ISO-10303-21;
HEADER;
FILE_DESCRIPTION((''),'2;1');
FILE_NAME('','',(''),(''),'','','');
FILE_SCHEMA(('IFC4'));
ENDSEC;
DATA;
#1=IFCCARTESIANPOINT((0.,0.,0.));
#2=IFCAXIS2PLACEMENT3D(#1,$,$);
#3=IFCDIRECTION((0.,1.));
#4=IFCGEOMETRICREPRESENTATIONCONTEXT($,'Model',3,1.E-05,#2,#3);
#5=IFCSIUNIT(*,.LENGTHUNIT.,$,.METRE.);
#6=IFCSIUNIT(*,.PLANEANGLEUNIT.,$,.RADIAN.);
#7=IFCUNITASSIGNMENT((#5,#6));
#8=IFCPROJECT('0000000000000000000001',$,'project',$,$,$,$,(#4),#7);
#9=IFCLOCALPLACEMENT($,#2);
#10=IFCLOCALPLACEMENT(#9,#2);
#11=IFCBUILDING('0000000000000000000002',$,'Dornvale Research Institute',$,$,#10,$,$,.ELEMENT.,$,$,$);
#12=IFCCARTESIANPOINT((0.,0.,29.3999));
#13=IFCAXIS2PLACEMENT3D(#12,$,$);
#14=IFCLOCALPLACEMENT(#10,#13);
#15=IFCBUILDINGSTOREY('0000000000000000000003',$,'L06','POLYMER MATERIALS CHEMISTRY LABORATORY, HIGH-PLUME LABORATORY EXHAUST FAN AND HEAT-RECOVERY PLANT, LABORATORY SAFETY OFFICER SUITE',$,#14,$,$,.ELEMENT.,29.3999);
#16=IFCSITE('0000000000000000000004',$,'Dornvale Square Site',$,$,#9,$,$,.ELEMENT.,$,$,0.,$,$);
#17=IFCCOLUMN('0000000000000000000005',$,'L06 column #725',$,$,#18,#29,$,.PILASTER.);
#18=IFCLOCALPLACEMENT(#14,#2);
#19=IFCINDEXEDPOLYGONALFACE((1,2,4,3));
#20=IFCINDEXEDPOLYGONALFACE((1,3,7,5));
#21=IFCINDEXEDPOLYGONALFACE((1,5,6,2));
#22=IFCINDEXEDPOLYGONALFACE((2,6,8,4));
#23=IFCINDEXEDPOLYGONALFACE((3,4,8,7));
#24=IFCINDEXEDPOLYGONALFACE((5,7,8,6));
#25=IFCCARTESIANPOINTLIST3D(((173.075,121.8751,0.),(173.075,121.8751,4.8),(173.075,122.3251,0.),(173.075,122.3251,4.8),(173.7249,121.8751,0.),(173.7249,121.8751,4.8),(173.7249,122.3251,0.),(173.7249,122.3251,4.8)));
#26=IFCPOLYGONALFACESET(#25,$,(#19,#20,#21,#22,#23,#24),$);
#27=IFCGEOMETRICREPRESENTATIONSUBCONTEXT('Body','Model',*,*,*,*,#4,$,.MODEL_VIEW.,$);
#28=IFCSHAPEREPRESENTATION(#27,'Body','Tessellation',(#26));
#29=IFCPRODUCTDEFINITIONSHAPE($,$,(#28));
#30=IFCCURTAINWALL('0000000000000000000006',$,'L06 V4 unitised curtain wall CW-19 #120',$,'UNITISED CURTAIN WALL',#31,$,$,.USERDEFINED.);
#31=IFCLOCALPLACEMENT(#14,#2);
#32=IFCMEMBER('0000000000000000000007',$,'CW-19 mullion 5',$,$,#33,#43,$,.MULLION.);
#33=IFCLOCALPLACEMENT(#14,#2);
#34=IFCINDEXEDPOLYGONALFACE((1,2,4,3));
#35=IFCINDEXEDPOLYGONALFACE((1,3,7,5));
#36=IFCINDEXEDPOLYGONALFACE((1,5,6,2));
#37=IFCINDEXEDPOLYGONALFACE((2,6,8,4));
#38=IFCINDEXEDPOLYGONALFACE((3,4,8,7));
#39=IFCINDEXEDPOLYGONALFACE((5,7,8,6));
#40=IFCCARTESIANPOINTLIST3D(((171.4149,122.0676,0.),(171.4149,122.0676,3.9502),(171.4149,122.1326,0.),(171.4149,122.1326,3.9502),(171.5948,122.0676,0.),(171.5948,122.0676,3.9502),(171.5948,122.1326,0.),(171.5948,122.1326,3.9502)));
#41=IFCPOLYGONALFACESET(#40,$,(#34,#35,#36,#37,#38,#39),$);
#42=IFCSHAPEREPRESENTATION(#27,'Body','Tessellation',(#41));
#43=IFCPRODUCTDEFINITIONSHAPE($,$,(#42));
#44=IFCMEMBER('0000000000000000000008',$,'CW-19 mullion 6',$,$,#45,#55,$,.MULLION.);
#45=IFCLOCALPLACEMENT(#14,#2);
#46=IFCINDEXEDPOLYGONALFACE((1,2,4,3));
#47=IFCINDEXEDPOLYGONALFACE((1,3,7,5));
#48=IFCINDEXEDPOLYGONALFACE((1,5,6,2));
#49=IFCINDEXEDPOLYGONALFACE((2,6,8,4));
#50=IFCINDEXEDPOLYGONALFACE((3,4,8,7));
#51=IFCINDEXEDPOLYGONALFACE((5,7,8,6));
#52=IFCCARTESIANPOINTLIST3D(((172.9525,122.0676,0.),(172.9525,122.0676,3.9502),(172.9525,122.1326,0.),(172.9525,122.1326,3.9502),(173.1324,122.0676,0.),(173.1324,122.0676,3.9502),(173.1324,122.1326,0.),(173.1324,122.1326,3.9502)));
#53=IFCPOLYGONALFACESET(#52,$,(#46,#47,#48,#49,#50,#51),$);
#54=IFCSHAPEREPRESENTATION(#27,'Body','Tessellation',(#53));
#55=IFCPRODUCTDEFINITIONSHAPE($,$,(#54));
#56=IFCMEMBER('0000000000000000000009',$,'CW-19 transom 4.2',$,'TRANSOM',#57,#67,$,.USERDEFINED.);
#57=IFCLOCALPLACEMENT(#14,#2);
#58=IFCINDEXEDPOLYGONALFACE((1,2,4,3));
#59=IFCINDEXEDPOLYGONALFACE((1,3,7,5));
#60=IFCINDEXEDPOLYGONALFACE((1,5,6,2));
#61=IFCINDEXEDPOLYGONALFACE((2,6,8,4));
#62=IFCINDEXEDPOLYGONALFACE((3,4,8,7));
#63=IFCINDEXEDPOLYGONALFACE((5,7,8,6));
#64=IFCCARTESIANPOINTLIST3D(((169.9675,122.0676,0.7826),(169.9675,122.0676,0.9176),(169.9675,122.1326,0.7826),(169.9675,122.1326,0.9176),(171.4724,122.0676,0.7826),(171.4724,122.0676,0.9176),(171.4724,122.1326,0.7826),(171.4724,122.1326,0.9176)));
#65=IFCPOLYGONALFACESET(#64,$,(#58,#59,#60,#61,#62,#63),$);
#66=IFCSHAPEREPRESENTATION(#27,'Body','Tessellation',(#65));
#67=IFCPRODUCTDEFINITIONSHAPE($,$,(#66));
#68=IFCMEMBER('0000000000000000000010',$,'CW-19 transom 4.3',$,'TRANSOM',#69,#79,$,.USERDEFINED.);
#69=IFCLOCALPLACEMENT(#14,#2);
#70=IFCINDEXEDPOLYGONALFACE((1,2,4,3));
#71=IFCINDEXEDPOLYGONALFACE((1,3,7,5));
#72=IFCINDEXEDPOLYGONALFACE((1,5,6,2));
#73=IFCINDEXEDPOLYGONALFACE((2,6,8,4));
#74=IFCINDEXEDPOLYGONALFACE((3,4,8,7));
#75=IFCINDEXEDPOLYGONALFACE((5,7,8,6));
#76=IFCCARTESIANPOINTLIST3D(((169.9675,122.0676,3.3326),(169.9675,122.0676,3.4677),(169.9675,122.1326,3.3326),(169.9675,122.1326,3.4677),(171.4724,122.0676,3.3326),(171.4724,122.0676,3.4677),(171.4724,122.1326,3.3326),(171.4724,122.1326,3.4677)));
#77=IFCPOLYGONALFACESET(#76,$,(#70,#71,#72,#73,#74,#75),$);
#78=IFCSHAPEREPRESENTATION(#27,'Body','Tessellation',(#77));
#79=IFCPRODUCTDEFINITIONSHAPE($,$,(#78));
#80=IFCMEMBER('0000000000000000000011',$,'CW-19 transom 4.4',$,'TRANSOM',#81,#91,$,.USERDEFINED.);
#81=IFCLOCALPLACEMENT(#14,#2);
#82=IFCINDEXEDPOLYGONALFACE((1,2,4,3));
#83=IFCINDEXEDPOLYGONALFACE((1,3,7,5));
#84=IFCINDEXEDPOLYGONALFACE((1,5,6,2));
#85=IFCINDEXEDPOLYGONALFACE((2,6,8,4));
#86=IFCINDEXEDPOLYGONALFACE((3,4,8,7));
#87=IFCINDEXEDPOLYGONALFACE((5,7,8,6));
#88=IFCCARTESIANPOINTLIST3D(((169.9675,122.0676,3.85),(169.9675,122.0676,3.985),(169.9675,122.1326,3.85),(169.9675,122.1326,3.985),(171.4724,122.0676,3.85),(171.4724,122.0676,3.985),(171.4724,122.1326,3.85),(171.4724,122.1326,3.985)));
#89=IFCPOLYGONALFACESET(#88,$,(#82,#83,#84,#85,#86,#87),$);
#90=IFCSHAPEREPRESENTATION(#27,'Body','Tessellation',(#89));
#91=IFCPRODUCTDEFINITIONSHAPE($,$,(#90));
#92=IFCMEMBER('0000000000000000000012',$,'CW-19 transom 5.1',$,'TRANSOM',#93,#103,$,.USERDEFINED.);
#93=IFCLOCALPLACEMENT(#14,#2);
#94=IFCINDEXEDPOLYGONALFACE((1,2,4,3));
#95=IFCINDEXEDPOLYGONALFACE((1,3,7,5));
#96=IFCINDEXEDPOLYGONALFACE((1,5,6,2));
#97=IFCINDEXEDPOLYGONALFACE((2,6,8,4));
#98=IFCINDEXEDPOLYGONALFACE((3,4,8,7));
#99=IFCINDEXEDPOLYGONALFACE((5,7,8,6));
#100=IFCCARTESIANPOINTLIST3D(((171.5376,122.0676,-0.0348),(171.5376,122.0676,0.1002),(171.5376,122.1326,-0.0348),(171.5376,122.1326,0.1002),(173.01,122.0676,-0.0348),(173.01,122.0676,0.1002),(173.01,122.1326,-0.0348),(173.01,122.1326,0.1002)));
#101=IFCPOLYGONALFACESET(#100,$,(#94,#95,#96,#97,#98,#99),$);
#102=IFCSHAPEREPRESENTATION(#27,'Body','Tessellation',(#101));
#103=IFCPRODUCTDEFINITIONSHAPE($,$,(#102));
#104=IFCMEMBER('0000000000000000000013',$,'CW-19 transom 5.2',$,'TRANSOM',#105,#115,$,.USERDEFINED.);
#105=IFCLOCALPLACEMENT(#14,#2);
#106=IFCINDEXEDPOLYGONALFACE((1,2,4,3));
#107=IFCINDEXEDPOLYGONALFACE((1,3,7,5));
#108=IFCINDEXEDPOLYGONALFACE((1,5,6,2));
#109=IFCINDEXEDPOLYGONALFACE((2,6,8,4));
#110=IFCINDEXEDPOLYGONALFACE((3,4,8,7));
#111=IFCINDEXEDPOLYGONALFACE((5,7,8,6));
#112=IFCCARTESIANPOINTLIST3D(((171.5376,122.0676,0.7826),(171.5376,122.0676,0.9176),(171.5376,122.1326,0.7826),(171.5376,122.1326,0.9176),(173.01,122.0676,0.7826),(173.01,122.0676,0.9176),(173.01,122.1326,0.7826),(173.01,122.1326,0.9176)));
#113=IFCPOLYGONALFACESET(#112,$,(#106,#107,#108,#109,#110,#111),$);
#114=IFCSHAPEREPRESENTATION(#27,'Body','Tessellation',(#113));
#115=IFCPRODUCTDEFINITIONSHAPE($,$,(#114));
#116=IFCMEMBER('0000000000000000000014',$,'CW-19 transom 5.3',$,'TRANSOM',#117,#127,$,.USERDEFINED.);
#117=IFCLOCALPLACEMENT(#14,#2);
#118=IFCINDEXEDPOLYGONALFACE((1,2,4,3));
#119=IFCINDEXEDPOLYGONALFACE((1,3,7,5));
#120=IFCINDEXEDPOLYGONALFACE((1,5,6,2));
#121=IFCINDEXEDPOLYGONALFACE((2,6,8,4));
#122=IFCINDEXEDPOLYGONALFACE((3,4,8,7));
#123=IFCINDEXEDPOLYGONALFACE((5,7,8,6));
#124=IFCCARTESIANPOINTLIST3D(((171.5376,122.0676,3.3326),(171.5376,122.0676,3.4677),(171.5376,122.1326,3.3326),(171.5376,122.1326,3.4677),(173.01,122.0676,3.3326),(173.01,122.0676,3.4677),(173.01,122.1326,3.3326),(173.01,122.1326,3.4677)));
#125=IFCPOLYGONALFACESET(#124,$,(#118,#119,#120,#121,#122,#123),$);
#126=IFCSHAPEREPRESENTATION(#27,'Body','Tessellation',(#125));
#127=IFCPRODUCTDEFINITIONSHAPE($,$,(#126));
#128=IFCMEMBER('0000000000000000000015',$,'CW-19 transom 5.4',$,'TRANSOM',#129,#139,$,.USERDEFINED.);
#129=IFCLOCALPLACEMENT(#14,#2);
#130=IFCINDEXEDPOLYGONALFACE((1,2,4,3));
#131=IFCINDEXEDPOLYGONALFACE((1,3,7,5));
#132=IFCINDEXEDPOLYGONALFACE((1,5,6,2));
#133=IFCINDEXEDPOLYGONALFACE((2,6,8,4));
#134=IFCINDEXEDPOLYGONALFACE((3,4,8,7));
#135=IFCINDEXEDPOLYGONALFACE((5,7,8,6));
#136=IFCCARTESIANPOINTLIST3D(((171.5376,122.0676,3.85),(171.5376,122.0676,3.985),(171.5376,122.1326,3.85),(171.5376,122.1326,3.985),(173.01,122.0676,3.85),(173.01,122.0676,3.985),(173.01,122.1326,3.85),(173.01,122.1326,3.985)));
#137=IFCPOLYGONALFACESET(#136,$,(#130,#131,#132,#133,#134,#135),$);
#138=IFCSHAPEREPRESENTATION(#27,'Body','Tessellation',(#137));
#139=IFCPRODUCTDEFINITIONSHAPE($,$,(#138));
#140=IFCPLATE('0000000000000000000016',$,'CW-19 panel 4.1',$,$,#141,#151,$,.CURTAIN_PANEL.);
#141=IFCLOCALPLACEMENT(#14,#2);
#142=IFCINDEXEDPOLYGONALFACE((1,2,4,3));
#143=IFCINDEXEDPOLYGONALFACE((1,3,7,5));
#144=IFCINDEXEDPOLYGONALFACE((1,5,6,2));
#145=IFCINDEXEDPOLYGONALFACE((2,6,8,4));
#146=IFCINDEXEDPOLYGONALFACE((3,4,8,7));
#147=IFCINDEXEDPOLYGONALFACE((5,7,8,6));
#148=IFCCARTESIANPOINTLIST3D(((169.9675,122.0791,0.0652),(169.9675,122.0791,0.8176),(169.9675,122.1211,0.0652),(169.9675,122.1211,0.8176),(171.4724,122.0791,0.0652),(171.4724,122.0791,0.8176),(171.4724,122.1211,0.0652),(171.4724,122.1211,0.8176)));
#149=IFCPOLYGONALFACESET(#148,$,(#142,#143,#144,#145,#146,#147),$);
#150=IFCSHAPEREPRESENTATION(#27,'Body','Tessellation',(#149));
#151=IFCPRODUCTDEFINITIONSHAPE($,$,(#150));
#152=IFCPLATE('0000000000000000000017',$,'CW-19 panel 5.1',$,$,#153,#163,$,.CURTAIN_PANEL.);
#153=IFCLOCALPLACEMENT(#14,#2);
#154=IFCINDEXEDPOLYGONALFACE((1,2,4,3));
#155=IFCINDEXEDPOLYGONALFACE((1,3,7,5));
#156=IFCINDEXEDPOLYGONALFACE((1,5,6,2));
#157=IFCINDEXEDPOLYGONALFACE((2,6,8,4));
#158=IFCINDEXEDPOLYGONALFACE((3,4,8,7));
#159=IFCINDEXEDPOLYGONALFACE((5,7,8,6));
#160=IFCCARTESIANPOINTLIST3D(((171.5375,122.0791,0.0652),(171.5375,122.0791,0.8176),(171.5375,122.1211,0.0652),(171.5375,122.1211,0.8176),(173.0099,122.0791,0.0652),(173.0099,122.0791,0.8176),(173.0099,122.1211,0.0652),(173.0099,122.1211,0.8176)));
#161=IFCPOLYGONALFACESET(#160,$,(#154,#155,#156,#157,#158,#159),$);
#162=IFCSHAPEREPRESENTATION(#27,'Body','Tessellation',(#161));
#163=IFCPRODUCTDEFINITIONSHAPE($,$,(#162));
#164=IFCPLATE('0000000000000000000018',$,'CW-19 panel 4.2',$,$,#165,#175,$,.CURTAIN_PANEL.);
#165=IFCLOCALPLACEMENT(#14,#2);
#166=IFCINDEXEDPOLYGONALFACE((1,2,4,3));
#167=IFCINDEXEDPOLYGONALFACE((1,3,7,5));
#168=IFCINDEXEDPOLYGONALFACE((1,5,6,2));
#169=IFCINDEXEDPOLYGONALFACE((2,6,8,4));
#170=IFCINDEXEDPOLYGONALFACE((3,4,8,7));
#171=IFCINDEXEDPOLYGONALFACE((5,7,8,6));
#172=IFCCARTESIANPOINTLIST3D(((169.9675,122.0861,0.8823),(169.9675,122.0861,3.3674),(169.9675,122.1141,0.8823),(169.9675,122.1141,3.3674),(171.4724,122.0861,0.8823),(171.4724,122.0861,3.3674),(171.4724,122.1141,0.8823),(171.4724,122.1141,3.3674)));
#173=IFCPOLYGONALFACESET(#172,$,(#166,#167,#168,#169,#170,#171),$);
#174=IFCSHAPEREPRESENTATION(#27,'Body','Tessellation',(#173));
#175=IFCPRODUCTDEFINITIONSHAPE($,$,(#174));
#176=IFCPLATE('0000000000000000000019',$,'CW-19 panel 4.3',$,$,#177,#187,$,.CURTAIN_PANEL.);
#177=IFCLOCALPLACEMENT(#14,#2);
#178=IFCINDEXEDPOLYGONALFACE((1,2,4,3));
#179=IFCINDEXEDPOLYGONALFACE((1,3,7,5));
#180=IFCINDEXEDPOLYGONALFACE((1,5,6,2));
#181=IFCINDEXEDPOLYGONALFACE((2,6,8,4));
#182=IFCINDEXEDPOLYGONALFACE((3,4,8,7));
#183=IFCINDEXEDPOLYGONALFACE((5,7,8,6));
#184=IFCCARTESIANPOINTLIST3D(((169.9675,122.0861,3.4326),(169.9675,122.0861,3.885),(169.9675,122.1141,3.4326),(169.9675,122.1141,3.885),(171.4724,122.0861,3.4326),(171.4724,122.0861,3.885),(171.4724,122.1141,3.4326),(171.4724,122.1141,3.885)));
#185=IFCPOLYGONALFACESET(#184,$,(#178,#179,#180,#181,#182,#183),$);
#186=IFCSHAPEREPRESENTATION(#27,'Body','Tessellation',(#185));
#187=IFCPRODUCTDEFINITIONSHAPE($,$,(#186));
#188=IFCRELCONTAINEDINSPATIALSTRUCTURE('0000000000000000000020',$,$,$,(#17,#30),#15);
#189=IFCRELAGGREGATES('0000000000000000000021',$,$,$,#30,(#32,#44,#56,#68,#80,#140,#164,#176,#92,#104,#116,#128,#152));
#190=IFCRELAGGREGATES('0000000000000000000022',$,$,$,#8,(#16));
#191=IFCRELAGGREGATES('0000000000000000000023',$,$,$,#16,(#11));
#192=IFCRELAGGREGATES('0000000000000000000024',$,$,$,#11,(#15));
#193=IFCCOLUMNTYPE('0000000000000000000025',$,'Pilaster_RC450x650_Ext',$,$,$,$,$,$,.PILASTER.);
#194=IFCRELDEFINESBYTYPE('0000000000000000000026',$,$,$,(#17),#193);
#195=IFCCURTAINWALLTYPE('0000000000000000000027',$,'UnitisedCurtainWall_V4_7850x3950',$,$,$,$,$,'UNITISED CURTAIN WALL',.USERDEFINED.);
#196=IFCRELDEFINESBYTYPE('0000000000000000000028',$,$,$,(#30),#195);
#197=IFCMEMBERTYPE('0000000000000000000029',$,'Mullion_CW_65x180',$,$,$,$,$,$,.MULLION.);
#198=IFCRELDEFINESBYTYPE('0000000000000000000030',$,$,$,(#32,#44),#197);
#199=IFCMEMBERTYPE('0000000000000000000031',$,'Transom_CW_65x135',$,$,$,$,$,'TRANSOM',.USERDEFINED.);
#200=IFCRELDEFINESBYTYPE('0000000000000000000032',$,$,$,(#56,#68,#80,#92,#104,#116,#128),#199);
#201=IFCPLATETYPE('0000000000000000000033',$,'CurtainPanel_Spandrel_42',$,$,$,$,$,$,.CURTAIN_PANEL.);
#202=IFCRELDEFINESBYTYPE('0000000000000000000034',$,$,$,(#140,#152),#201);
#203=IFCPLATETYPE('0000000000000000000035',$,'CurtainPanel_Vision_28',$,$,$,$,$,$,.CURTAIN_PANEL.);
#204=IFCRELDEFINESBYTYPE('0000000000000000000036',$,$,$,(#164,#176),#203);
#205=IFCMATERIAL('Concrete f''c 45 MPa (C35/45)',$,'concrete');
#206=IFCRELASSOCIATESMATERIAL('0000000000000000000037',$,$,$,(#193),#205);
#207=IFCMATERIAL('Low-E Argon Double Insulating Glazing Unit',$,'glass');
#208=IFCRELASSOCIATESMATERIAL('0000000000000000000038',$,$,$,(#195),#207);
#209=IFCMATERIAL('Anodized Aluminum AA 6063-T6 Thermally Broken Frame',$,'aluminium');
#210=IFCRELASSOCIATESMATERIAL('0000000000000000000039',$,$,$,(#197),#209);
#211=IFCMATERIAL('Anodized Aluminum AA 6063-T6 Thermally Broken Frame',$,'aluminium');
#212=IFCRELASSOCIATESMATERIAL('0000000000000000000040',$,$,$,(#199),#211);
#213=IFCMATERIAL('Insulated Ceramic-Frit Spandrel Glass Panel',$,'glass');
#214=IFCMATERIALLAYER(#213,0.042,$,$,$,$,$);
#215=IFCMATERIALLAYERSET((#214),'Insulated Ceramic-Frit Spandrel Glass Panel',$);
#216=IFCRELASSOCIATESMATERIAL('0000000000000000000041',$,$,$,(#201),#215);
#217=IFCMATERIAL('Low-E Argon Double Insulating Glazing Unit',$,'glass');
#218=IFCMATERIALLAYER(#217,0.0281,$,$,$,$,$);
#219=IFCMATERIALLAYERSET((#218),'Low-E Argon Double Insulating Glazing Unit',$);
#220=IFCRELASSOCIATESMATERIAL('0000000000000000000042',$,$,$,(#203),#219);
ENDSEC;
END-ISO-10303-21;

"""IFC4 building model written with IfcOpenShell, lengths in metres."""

from ifc_helpers import new_model, si_unit, direction, frame, origin, origin_2d, place, context, subcontext, project, spatial, rectangle, extrude, material, layer, layer_set, material_profile, profile_set, type_object, element, aggregate, save


model = new_model("IFC4")

# Units and contexts
model_context = context("Model", 3, precision=1e-05, world=origin(), true_north=direction((0.0, 1.0)))
body_context = subcontext(model_context, "Body", "Model", "MODEL_VIEW")
ifc_project = project(units=[si_unit("LENGTHUNIT", "METRE"), si_unit("PLANEANGLEUNIT", "RADIAN")], contexts=[model_context])

# Site, building, storey
site_placement = place(None, origin())
site = spatial("IfcSite", under=ifc_project, at=site_placement, Name="Dornvale Square Site", CompositionType="ELEMENT", RefElevation=0.0)
building_placement = place(site_placement, origin())
building = spatial("IfcBuilding", under=site, at=building_placement, Name="Dornvale Research Institute", CompositionType="ELEMENT")
storey_placement = place(building_placement, frame((0.0, 0.0, 29.3999)))
storey = spatial("IfcBuildingStorey", under=building, at=storey_placement, Name="L06", Description="POLYMER MATERIALS CHEMISTRY LABORATORY, HIGH-PLUME LABORATORY EXHAUST FAN AND HEAT-RECOVERY PLANT, LABORATORY SAFETY OFFICER SUITE", CompositionType="ELEMENT", Elevation=29.3999)

# Column
ifc_material_1 = material(Name="Concrete f'c 45 MPa (C35/45)", Category="concrete")
ifc_material_profile_1 = material_profile(ifc_material_1, rectangle(XDim=0.45, YDim=0.6499, at=origin_2d()), Name="RC 450x650")
ifc_profile_set_1 = profile_set([ifc_material_profile_1], Name="Concrete f'c 45 MPa (C35/45)")
column_type = type_object("IfcColumnType", Name="Pilaster_RC450x650_Ext", PredefinedType="PILASTER", material=ifc_profile_set_1)
column_placement = place(storey_placement, frame((173.3999, 122.1001, 0.0), z_axis=(0.0, 0.0, 1.0), x_axis=(0.0, 1.0, 0.0)))
element("IfcColumn", 1, at=column_placement, inside=storey, type_object=column_type, Name="L06 column #725", PredefinedType="PILASTER", context=body_context, shape_type="SweptSolid", body=[
    extrude(rectangle(XDim=0.45, YDim=0.6499, at=origin_2d()), origin(), (0.0, 0.0, 1.0), 4.8),
])

# Curtain wall, members, plates
ifc_material_2 = material(Name="Low-E Argon Double Insulating Glazing Unit", Category="glass")
curtain_wall_type = type_object("IfcCurtainWallType", Name="UnitisedCurtainWall_V4_7850x3950", ElementType="UNITISED CURTAIN WALL", PredefinedType="USERDEFINED", material=ifc_material_2)
curtain_wall_placement = place(storey_placement, origin())
curtain_wall = element("IfcCurtainWall", 2, at=curtain_wall_placement, inside=storey, type_object=curtain_wall_type, Name="L06 V4 unitised curtain wall CW-19 #120", ObjectType="UNITISED CURTAIN WALL", PredefinedType="USERDEFINED")
ifc_material_3 = material(Name="Anodized Aluminum AA 6063-T6 Thermally Broken Frame", Category="aluminium")
ifc_material_profile_2 = material_profile(ifc_material_3, rectangle(XDim=0.0649, YDim=0.1799, at=origin_2d()), Name="ALU MULLION 65x180")
ifc_profile_set_2 = profile_set([ifc_material_profile_2], Name="Anodized Aluminum AA 6063-T6 Thermally Broken Frame")
member_type_1 = type_object("IfcMemberType", Name="Mullion_CW_65x180", PredefinedType="MULLION", material=ifc_profile_set_2)
member_1_placement = place(storey_placement, frame((171.5049, 122.1001, 0.0), z_axis=(0.0, 0.0, 1.0), x_axis=(0.0, 1.0, 0.0)))
member_1 = element("IfcMember", 3, at=member_1_placement, type_object=member_type_1, Name="CW-19 mullion 5", PredefinedType="MULLION", context=body_context, shape_type="SweptSolid", body=[
    extrude(rectangle(XDim=0.0649, YDim=0.1799, at=origin_2d()), origin(), (0.0, 0.0, 1.0), 3.9502),
])
member_2_placement = place(storey_placement, frame((173.0425, 122.1001, 0.0), z_axis=(0.0, 0.0, 1.0), x_axis=(0.0, 1.0, 0.0)))
member_2 = element("IfcMember", 4, at=member_2_placement, type_object=member_type_1, Name="CW-19 mullion 6", PredefinedType="MULLION", context=body_context, shape_type="SweptSolid", body=[
    extrude(rectangle(XDim=0.0649, YDim=0.1799, at=origin_2d()), origin(), (0.0, 0.0, 1.0), 3.9502),
])
ifc_material_4 = material(Name="Anodized Aluminum AA 6063-T6 Thermally Broken Frame", Category="aluminium")
ifc_material_profile_3 = material_profile(ifc_material_4, rectangle(XDim=0.0649, YDim=0.135, at=origin_2d()), Name="ALU TRANSOM 65x135")
ifc_profile_set_3 = profile_set([ifc_material_profile_3], Name="Anodized Aluminum AA 6063-T6 Thermally Broken Frame")
member_type_2 = type_object("IfcMemberType", Name="Transom_CW_65x135", ElementType="TRANSOM", PredefinedType="USERDEFINED", material=ifc_profile_set_3)
member_3_placement = place(storey_placement, frame((169.9675, 122.1001, 0.8501), z_axis=(1.0, 0.0, 0.0), x_axis=(0.0, 1.0, 0.0)))
member_3 = element("IfcMember", 5, at=member_3_placement, type_object=member_type_2, Name="CW-19 transom 4.2", ObjectType="TRANSOM", PredefinedType="USERDEFINED", context=body_context, shape_type="SweptSolid", body=[
    extrude(rectangle(XDim=0.0649, YDim=0.135, at=origin_2d()), origin(), (0.0, 0.0, 1.0), 1.5049),
])
member_4_placement = place(storey_placement, frame((169.9675, 122.1001, 3.4001), z_axis=(1.0, 0.0, 0.0), x_axis=(0.0, 1.0, 0.0)))
member_4 = element("IfcMember", 6, at=member_4_placement, type_object=member_type_2, Name="CW-19 transom 4.3", ObjectType="TRANSOM", PredefinedType="USERDEFINED", context=body_context, shape_type="SweptSolid", body=[
    extrude(rectangle(XDim=0.0649, YDim=0.135, at=origin_2d()), origin(), (0.0, 0.0, 1.0), 1.5049),
])
member_5_placement = place(storey_placement, frame((169.9675, 122.1001, 3.9175), z_axis=(1.0, 0.0, 0.0), x_axis=(0.0, 1.0, 0.0)))
member_5 = element("IfcMember", 7, at=member_5_placement, type_object=member_type_2, Name="CW-19 transom 4.4", ObjectType="TRANSOM", PredefinedType="USERDEFINED", context=body_context, shape_type="SweptSolid", body=[
    extrude(rectangle(XDim=0.0649, YDim=0.135, at=origin_2d()), origin(), (0.0, 0.0, 1.0), 1.5049),
])
member_6_placement = place(storey_placement, frame((171.5376, 122.1001, 0.0327), z_axis=(1.0, 0.0, 0.0), x_axis=(0.0, 1.0, 0.0)))
member_6 = element("IfcMember", 8, at=member_6_placement, type_object=member_type_2, Name="CW-19 transom 5.1", ObjectType="TRANSOM", PredefinedType="USERDEFINED", context=body_context, shape_type="SweptSolid", body=[
    extrude(rectangle(XDim=0.0649, YDim=0.135, at=origin_2d()), origin(), (0.0, 0.0, 1.0), 1.4724),
])
member_7_placement = place(storey_placement, frame((171.5376, 122.1001, 0.8501), z_axis=(1.0, 0.0, 0.0), x_axis=(0.0, 1.0, 0.0)))
member_7 = element("IfcMember", 9, at=member_7_placement, type_object=member_type_2, Name="CW-19 transom 5.2", ObjectType="TRANSOM", PredefinedType="USERDEFINED", context=body_context, shape_type="SweptSolid", body=[
    extrude(rectangle(XDim=0.0649, YDim=0.135, at=origin_2d()), origin(), (0.0, 0.0, 1.0), 1.4724),
])
member_8_placement = place(storey_placement, frame((171.5376, 122.1001, 3.4001), z_axis=(1.0, 0.0, 0.0), x_axis=(0.0, 1.0, 0.0)))
member_8 = element("IfcMember", 10, at=member_8_placement, type_object=member_type_2, Name="CW-19 transom 5.3", ObjectType="TRANSOM", PredefinedType="USERDEFINED", context=body_context, shape_type="SweptSolid", body=[
    extrude(rectangle(XDim=0.0649, YDim=0.135, at=origin_2d()), origin(), (0.0, 0.0, 1.0), 1.4724),
])
member_9_placement = place(storey_placement, frame((171.5376, 122.1001, 3.9175), z_axis=(1.0, 0.0, 0.0), x_axis=(0.0, 1.0, 0.0)))
member_9 = element("IfcMember", 11, at=member_9_placement, type_object=member_type_2, Name="CW-19 transom 5.4", ObjectType="TRANSOM", PredefinedType="USERDEFINED", context=body_context, shape_type="SweptSolid", body=[
    extrude(rectangle(XDim=0.0649, YDim=0.135, at=origin_2d()), origin(), (0.0, 0.0, 1.0), 1.4724),
])
ifc_material_5 = material(Name="Insulated Ceramic-Frit Spandrel Glass Panel", Category="glass")
ifc_layer_1 = layer(ifc_material_5, 0.042)
ifc_layer_set_1 = layer_set([ifc_layer_1], Name="Insulated Ceramic-Frit Spandrel Glass Panel")
plate_type_1 = type_object("IfcPlateType", Name="CurtainPanel_Spandrel_42", PredefinedType="CURTAIN_PANEL", material=ifc_layer_set_1)
plate_1_placement = place(storey_placement, frame((170.72, 122.1001, 0.0652), z_axis=(0.0, 0.0, 1.0), x_axis=(1.0, 0.0, 0.0)))
plate_1 = element("IfcPlate", 12, at=plate_1_placement, type_object=plate_type_1, Name="CW-19 panel 4.1", PredefinedType="CURTAIN_PANEL", context=body_context, shape_type="SweptSolid", body=[
    extrude(rectangle(XDim=1.5049, YDim=0.042, at=origin_2d()), origin(), (0.0, 0.0, 1.0), 0.7524),
])
plate_2_placement = place(storey_placement, frame((172.2737, 122.1001, 0.0652), z_axis=(0.0, 0.0, 1.0), x_axis=(1.0, 0.0, 0.0)))
plate_2 = element("IfcPlate", 13, at=plate_2_placement, type_object=plate_type_1, Name="CW-19 panel 5.1", PredefinedType="CURTAIN_PANEL", context=body_context, shape_type="SweptSolid", body=[
    extrude(rectangle(XDim=1.4724, YDim=0.042, at=origin_2d()), origin(), (0.0, 0.0, 1.0), 0.7524),
])
ifc_material_6 = material(Name="Low-E Argon Double Insulating Glazing Unit", Category="glass")
ifc_layer_2 = layer(ifc_material_6, 0.0281)
ifc_layer_set_2 = layer_set([ifc_layer_2], Name="Low-E Argon Double Insulating Glazing Unit")
plate_type_2 = type_object("IfcPlateType", Name="CurtainPanel_Vision_28", PredefinedType="CURTAIN_PANEL", material=ifc_layer_set_2)
plate_3_placement = place(storey_placement, frame((170.72, 122.1001, 0.8823), z_axis=(0.0, 0.0, 1.0), x_axis=(1.0, 0.0, 0.0)))
plate_3 = element("IfcPlate", 14, at=plate_3_placement, type_object=plate_type_2, Name="CW-19 panel 4.2", PredefinedType="CURTAIN_PANEL", context=body_context, shape_type="SweptSolid", body=[
    extrude(rectangle(XDim=1.5049, YDim=0.0281, at=origin_2d()), origin(), (0.0, 0.0, 1.0), 2.4851),
])
plate_4_placement = place(storey_placement, frame((170.72, 122.1001, 3.4326), z_axis=(0.0, 0.0, 1.0), x_axis=(1.0, 0.0, 0.0)))
plate_4 = element("IfcPlate", 15, at=plate_4_placement, type_object=plate_type_2, Name="CW-19 panel 4.3", PredefinedType="CURTAIN_PANEL", context=body_context, shape_type="SweptSolid", body=[
    extrude(rectangle(XDim=1.5049, YDim=0.0281, at=origin_2d()), origin(), (0.0, 0.0, 1.0), 0.4524),
])
aggregate(curtain_wall, [member_1, member_2, member_3, member_4, member_5, plate_1, plate_3, plate_4, member_6, member_7, member_8, member_9, plate_2])

save(model, "model.ifc")
